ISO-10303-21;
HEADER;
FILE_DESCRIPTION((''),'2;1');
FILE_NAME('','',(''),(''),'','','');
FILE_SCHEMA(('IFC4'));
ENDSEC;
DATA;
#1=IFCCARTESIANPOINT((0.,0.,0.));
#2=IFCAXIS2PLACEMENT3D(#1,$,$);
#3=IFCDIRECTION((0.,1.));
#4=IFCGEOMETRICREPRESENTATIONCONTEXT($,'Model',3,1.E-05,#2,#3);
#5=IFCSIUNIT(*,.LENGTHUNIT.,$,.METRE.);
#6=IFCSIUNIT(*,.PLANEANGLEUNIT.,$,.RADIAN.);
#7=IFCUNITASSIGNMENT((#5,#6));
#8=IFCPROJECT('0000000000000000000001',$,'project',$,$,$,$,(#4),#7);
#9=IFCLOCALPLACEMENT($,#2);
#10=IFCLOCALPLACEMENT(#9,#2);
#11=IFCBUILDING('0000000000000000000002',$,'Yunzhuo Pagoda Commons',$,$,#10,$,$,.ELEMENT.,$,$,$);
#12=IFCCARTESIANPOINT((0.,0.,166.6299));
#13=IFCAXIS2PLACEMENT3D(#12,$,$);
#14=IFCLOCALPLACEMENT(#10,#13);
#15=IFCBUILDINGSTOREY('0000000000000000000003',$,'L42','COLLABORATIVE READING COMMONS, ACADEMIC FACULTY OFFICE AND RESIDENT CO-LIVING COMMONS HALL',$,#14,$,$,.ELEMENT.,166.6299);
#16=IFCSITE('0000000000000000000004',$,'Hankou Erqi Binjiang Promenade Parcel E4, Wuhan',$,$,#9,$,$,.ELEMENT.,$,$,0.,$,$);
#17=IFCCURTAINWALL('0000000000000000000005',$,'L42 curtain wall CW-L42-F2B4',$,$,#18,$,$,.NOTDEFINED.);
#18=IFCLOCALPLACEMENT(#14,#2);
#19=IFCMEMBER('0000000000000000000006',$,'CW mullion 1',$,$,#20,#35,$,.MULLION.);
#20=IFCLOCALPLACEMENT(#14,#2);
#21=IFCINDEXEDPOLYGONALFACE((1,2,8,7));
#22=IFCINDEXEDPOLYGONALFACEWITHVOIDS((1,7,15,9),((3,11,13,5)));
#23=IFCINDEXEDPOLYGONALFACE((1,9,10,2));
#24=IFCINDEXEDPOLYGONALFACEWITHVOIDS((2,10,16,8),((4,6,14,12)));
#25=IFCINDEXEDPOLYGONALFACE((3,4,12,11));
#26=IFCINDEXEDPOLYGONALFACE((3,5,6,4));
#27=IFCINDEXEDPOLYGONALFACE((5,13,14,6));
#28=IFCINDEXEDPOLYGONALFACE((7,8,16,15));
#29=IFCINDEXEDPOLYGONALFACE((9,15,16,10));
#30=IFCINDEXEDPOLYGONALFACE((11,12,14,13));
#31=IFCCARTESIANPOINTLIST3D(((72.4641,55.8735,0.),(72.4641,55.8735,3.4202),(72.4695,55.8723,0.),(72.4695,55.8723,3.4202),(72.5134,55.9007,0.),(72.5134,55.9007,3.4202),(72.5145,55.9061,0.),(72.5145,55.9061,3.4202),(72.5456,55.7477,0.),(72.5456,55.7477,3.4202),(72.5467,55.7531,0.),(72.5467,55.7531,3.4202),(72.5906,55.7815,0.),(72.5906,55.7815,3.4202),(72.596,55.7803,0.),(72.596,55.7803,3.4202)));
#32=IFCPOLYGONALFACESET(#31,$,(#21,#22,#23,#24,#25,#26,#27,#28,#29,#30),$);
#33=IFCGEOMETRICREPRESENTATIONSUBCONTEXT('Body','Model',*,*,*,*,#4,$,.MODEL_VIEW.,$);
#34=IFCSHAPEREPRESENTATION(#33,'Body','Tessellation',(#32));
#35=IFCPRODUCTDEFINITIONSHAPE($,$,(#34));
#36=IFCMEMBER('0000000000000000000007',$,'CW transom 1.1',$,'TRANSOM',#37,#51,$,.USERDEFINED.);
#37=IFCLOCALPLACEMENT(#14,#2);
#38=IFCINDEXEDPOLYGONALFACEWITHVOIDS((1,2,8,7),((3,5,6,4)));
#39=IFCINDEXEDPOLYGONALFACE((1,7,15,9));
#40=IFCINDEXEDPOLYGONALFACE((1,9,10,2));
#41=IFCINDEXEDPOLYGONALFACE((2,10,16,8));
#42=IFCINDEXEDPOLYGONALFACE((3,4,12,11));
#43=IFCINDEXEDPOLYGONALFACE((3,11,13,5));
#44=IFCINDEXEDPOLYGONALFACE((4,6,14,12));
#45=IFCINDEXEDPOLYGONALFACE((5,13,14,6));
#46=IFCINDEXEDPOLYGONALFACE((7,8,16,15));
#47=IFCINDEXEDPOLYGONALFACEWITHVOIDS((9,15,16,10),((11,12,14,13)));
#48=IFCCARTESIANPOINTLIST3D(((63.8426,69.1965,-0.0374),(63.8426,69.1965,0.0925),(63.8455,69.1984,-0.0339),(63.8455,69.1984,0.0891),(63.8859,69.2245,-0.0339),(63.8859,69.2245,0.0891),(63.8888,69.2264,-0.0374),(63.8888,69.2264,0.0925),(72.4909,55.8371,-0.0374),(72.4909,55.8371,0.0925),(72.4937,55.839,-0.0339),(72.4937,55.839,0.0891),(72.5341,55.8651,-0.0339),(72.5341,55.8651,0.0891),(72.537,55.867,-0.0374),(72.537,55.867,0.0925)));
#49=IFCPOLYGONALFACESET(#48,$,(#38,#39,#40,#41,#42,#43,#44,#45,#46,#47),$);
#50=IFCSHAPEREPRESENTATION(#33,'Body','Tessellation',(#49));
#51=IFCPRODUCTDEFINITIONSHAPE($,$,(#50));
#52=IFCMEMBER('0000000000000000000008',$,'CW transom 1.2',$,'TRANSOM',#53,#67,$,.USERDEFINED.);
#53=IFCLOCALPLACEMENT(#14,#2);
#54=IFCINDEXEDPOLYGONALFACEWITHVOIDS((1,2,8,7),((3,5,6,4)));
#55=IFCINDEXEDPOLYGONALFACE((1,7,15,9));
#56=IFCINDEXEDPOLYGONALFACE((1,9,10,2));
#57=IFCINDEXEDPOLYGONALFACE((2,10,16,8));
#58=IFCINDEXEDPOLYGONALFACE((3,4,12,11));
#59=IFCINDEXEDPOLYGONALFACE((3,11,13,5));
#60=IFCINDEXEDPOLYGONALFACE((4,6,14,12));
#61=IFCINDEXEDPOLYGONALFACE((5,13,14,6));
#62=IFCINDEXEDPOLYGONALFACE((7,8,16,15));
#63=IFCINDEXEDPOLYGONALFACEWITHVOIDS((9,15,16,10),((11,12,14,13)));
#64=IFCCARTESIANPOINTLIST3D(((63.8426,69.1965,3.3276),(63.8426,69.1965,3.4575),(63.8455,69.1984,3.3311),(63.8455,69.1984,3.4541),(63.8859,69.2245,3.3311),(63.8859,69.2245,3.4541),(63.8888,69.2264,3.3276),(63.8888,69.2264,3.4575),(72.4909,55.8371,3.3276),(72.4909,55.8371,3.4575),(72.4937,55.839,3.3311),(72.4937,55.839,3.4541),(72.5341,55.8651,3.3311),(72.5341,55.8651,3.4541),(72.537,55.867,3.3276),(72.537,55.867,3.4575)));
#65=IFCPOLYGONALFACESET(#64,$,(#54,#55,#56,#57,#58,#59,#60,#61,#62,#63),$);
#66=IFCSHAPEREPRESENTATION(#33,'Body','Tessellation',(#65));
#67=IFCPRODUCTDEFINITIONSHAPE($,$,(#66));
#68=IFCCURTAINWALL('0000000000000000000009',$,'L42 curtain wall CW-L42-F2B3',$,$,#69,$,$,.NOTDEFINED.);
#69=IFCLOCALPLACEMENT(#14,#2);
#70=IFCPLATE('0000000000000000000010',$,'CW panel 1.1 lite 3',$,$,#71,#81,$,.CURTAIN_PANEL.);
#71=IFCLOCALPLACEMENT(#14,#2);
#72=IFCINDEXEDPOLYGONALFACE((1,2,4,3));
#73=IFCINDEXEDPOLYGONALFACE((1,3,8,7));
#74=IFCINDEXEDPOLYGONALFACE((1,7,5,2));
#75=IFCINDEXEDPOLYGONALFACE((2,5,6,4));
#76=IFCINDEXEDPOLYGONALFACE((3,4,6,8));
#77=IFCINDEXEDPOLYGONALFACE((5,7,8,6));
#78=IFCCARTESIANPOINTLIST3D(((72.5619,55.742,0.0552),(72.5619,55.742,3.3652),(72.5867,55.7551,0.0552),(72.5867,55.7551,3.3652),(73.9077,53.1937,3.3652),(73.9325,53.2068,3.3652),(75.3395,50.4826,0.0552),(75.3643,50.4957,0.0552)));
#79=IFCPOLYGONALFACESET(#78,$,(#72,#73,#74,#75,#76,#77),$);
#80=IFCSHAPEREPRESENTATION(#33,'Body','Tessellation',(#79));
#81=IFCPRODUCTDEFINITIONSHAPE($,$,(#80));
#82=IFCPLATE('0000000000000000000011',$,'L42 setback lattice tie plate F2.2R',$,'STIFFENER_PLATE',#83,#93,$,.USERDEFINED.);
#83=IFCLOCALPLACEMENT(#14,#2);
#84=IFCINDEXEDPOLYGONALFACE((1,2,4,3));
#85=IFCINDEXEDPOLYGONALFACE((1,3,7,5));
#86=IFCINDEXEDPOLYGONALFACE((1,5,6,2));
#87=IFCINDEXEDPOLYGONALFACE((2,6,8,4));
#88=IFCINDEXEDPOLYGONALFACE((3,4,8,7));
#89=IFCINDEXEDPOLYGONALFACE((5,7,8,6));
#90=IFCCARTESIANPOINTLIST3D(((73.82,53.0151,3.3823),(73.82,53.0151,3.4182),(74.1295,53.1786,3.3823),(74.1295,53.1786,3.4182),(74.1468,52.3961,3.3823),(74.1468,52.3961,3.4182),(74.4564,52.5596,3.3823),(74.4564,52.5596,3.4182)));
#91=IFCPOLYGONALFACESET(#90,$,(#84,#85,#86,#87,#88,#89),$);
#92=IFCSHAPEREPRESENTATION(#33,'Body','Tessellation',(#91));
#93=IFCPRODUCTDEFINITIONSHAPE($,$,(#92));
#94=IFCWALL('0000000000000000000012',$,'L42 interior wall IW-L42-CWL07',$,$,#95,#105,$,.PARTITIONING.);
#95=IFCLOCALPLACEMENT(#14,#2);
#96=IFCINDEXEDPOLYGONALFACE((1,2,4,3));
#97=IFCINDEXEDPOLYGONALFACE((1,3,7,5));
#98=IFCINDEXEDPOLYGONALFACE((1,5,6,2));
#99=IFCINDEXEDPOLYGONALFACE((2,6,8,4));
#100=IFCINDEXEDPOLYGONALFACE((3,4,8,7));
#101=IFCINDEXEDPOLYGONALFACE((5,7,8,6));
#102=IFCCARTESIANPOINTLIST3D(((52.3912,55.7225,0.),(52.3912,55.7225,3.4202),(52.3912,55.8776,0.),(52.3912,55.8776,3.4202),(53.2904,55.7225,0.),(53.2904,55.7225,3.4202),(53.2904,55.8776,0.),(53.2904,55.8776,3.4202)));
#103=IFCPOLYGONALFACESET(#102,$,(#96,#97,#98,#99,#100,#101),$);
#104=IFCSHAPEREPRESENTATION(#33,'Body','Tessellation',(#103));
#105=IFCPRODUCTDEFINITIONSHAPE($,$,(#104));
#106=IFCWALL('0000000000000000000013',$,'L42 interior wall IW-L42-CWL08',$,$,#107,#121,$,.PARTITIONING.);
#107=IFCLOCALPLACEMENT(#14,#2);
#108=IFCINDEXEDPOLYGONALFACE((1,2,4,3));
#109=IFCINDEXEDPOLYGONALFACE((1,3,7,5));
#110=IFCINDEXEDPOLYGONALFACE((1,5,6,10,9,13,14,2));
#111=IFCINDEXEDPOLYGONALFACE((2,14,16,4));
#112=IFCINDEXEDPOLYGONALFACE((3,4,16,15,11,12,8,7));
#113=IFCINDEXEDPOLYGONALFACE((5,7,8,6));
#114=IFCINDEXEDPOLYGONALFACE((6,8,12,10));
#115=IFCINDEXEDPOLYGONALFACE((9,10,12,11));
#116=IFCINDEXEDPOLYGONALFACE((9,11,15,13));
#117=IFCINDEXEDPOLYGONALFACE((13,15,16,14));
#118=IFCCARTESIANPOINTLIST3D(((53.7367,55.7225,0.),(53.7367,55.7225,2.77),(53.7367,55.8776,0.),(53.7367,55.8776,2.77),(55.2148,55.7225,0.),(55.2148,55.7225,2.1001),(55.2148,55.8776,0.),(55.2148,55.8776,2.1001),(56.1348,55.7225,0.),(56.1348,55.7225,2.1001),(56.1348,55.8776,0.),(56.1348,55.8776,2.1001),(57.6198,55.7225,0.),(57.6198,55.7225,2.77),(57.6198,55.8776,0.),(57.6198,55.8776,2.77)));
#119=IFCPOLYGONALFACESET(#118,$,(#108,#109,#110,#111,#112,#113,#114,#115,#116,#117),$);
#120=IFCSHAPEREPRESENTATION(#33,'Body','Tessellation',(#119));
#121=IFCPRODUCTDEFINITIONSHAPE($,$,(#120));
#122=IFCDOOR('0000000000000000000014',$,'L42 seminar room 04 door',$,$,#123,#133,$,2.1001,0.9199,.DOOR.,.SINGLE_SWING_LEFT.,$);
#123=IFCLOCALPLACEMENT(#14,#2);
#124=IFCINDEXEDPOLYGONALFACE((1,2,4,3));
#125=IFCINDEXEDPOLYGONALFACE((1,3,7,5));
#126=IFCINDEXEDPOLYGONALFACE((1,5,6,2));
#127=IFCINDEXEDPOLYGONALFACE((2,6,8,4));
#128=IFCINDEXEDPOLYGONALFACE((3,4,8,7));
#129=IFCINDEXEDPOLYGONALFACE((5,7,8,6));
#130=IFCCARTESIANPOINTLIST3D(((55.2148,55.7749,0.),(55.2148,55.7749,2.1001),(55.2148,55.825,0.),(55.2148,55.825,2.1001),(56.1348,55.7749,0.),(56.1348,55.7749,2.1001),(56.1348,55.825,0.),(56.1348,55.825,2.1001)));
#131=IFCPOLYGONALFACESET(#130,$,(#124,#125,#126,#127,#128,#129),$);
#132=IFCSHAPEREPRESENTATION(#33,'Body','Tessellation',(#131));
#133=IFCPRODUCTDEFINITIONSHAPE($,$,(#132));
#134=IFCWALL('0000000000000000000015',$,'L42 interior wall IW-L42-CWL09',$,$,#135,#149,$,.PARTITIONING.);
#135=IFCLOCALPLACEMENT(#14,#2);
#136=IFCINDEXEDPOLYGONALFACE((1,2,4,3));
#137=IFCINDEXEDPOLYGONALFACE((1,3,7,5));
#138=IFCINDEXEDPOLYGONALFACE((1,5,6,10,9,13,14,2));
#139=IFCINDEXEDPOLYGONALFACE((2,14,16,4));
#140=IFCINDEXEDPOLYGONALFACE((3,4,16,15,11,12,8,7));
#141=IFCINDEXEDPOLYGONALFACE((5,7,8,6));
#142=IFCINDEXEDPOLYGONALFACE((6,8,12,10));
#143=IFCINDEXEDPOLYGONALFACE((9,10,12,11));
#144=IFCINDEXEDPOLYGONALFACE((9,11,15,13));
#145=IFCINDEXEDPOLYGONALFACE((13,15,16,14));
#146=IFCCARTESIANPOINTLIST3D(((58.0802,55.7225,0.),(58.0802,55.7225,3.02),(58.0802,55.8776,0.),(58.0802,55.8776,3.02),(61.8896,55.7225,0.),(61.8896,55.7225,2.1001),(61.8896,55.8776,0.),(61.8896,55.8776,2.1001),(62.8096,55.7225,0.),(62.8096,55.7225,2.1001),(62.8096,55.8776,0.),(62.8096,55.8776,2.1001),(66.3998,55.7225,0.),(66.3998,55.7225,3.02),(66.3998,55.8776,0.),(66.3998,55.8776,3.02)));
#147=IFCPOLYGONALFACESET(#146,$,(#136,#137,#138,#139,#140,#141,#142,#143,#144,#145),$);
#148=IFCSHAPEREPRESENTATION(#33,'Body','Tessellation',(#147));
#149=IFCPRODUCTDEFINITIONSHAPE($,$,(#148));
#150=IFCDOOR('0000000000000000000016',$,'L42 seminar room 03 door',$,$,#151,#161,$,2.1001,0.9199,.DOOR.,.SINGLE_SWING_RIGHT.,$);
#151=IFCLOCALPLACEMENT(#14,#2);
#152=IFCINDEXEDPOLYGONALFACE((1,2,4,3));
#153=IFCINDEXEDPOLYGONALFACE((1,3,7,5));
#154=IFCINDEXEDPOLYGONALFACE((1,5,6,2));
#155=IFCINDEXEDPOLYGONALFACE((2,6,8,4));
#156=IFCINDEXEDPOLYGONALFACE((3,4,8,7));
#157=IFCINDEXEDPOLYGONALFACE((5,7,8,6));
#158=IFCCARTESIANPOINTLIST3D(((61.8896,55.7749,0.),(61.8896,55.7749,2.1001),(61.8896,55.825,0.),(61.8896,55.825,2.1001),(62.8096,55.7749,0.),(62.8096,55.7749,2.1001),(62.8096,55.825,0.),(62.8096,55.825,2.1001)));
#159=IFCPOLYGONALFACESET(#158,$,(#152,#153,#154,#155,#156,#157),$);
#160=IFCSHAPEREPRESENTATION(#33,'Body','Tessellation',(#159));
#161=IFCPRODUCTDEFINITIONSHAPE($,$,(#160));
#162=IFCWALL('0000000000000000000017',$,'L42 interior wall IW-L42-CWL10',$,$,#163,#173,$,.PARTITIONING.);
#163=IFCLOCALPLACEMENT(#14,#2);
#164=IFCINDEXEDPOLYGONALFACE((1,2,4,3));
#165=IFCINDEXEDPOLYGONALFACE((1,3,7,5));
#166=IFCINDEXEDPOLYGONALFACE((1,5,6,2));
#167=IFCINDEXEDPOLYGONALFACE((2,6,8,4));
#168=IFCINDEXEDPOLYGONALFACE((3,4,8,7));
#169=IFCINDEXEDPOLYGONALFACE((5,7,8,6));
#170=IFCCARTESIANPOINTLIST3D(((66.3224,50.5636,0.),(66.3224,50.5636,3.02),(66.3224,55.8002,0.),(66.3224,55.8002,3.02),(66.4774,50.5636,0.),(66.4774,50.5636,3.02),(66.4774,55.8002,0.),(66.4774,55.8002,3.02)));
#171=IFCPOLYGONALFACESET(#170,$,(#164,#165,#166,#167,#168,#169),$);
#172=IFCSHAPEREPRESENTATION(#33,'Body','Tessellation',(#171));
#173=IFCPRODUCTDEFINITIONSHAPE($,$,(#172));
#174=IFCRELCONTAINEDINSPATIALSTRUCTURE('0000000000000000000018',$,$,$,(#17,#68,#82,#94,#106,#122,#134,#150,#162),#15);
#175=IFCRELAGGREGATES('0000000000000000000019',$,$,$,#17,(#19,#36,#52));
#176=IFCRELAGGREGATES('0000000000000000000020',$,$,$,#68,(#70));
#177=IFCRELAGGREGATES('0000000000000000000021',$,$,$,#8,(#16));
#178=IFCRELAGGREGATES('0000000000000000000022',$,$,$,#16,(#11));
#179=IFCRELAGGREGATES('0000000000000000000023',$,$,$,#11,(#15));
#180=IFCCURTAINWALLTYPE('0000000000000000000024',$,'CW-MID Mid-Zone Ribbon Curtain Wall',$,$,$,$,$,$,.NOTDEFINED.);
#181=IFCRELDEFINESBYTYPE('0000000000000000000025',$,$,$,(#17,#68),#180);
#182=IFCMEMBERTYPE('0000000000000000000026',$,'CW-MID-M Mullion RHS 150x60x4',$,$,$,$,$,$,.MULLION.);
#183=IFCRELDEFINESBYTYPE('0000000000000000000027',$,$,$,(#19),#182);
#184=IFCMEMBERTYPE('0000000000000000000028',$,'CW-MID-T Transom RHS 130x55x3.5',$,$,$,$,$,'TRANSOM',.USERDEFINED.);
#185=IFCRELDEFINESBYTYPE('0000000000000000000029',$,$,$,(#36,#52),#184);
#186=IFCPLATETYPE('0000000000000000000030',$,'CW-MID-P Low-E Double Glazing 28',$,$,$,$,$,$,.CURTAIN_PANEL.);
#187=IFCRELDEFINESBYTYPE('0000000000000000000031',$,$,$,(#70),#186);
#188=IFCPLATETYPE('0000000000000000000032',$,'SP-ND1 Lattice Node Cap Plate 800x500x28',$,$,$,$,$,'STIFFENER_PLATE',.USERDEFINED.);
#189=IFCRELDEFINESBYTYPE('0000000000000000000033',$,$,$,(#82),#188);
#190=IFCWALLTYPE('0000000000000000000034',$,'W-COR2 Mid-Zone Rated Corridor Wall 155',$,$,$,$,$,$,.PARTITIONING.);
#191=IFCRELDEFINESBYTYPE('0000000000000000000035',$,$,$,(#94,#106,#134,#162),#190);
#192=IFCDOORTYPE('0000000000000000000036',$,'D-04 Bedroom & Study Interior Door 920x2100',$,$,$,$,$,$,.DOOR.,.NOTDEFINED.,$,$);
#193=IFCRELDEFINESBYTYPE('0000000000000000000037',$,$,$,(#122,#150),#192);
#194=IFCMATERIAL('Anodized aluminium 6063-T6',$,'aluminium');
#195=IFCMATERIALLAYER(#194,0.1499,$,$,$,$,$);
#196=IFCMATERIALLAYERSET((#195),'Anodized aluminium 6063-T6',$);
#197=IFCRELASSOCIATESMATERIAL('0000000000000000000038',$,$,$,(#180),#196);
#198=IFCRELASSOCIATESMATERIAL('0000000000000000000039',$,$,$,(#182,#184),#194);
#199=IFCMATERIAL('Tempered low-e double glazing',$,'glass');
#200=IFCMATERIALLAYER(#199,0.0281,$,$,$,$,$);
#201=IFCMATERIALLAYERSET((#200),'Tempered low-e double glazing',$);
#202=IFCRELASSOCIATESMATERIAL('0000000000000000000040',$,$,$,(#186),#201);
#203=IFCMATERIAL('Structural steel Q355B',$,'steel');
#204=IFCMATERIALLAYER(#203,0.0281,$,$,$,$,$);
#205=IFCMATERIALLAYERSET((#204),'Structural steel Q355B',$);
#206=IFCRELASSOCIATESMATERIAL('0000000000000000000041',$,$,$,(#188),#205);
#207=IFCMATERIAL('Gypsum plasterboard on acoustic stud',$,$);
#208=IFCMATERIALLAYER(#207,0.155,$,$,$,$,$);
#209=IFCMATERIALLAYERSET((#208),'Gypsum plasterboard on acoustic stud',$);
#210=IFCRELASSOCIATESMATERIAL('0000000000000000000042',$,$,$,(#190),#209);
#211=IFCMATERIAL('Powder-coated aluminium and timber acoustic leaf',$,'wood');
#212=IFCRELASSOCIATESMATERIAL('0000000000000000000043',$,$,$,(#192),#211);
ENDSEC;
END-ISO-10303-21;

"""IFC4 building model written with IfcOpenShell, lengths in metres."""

from ifc_helpers import new_model, si_unit, direction, frame, frame_2d, origin, origin_with_axes, origin_2d, place, context, subcontext, project, spatial, polyline, rectangle, hollow_rectangle, outline, extrude, source, transform, mapped, material, layer, layer_set, material_profile, profile_set, type_object, element, fill, aggregate, save


model = new_model("IFC4")

# Units and contexts
model_context = context("Model", 3, precision=1e-05, world=origin(), true_north=direction((0.0, 1.0)))
body_context = subcontext(model_context, "Body", "Model", "MODEL_VIEW")
ifc_project = project(units=[si_unit("LENGTHUNIT", "METRE"), si_unit("PLANEANGLEUNIT", "RADIAN")], contexts=[model_context])

# Site, building, storey
site_placement = place(None, origin())
site = spatial("IfcSite", under=ifc_project, at=site_placement, Name="Hankou Erqi Binjiang Promenade Parcel E4, Wuhan", CompositionType="ELEMENT", RefElevation=0.0)
building_placement = place(site_placement, origin())
building = spatial("IfcBuilding", under=site, at=building_placement, Name="Yunzhuo Pagoda Commons", CompositionType="ELEMENT")
storey_placement = place(building_placement, frame((0.0, 0.0, 166.6299)))
storey = spatial("IfcBuildingStorey", under=building, at=storey_placement, Name="L42", Description="COLLABORATIVE READING COMMONS, ACADEMIC FACULTY OFFICE AND RESIDENT CO-LIVING COMMONS HALL", CompositionType="ELEMENT", Elevation=166.6299)

# Shared definitions
ifc_material_1 = material(Name="Structural steel Q355B", Category="steel")

# Curtain wall, members
ifc_material_2 = material(Name="Anodized aluminium 6063-T6", Category="aluminium")
ifc_layer_1 = layer(ifc_material_2, 0.1499)
ifc_layer_set_1 = layer_set([ifc_layer_1], Name="Anodized aluminium 6063-T6")
curtain_wall_type = type_object("IfcCurtainWallType", Name="CW-MID Mid-Zone Ribbon Curtain Wall", PredefinedType="NOTDEFINED", material=ifc_layer_set_1)
curtain_wall_1_placement = place(storey_placement, origin())
curtain_wall_1 = element("IfcCurtainWall", 1, at=curtain_wall_1_placement, inside=storey, type_object=curtain_wall_type, Name="L42 curtain wall CW-L42-F2B4", PredefinedType="NOTDEFINED")
ifc_material_profile_1 = material_profile(ifc_material_2, hollow_rectangle(XDim=0.0601, YDim=0.1499, WallThickness=0.0039, at=origin_2d()), Name="Anodized aluminium 6063-T6")
ifc_profile_set_1 = profile_set([ifc_material_profile_1], Name="Anodized aluminium 6063-T6")
member_type_1 = type_object("IfcMemberType", Name="CW-MID-M Mullion RHS 150x60x4", PredefinedType="MULLION", material=ifc_profile_set_1)
shared_shape_1 = source(origin(), body_context, "Body", "SweptSolid", [
    extrude(hollow_rectangle(XDim=0.0601, YDim=0.1499, WallThickness=0.0039, at=origin_2d()), origin(), (0.0, 0.0, 1.0), 3.4202),
])
member_1_placement = place(storey_placement, frame((72.53, 55.8269, 0.0), z_axis=(0.0, 0.0, 1.0), x_axis=(-0.839466, -0.543412, 0.0)))
member_1 = element("IfcMember", 2, at=member_1_placement, type_object=member_type_1, Name="CW mullion 1", PredefinedType="MULLION", context=body_context, shape_type="MappedRepresentation", body=[
    mapped(shared_shape_1, transform((0.0, 0.0, 0.0), scale=1.0)),
])
ifc_material_profile_2 = material_profile(ifc_material_2, hollow_rectangle(XDim=0.0549, YDim=0.1299, WallThickness=0.0034, at=origin_2d()), Name="Anodized aluminium 6063-T6")
ifc_profile_set_2 = profile_set([ifc_material_profile_2], Name="Anodized aluminium 6063-T6")
member_type_2 = type_object("IfcMemberType", Name="CW-MID-T Transom RHS 130x55x3.5", ElementType="TRANSOM", PredefinedType="USERDEFINED", material=ifc_profile_set_2)
shared_shape_2 = source(origin(), body_context, "Body", "SweptSolid", [
    extrude(hollow_rectangle(XDim=0.0549, YDim=0.1299, WallThickness=0.0034, at=origin_2d()), origin(), (0.0, 0.0, 1.0), 15.9143),
])
member_2_placement = place(storey_placement, frame((72.5139, 55.8521, 0.0276), z_axis=(-0.543424, 0.839459, 0.0), x_axis=(-0.839459, -0.543424, 0.0)))
member_2 = element("IfcMember", 3, at=member_2_placement, type_object=member_type_2, Name="CW transom 1.1", ObjectType="TRANSOM", PredefinedType="USERDEFINED", context=body_context, shape_type="MappedRepresentation", body=[
    mapped(shared_shape_2, transform((0.0, 0.0, 0.0), scale=1.0)),
])
member_3_placement = place(storey_placement, frame((72.5139, 55.8521, 3.3926), z_axis=(-0.543424, 0.839459, 0.0), x_axis=(-0.839459, -0.543424, 0.0)))
member_3 = element("IfcMember", 4, at=member_3_placement, type_object=member_type_2, Name="CW transom 1.2", ObjectType="TRANSOM", PredefinedType="USERDEFINED", context=body_context, shape_type="MappedRepresentation", body=[
    mapped(shared_shape_2, transform((0.0, 0.0, 0.0), scale=1.0)),
])
aggregate(curtain_wall_1, [member_1, member_2, member_3])

# Curtain wall, plate
curtain_wall_2_placement = place(storey_placement, origin())
curtain_wall_2 = element("IfcCurtainWall", 5, at=curtain_wall_2_placement, inside=storey, type_object=curtain_wall_type, Name="L42 curtain wall CW-L42-F2B3", PredefinedType="NOTDEFINED")
ifc_material_3 = material(Name="Tempered low-e double glazing", Category="glass")
ifc_layer_2 = layer(ifc_material_3, 0.0281)
ifc_layer_set_2 = layer_set([ifc_layer_2], Name="Tempered low-e double glazing")
plate_type_1 = type_object("IfcPlateType", Name="CW-MID-P Low-E Double Glazing 28", PredefinedType="CURTAIN_PANEL", material=ifc_layer_set_2)
plate_1_placement = place(storey_placement, frame((73.9507, 53.1123, 1.7102), z_axis=(0.884263, 0.46699, 0.0), x_axis=(-0.46699, 0.884263, 0.0)))
plate_1 = element("IfcPlate", 6, at=plate_1_placement, type_object=plate_type_1, Name="CW panel 1.1 lite 3", PredefinedType="CURTAIN_PANEL", context=body_context, shape_type="SweptSolid", body=[
    extrude(outline(polyline([(-2.9739, -1.655), (2.9739, -1.655), (2.9739, 1.655), (0.092, 1.655), (-2.9739, -1.655)])), origin(), (0.0, 0.0, 1.0), 0.0281),
])
aggregate(curtain_wall_2, [plate_1])

# Plate
ifc_layer_3 = layer(ifc_material_1, 0.0281)
ifc_layer_set_3 = layer_set([ifc_layer_3], Name="Structural steel Q355B")
plate_type_2 = type_object("IfcPlateType", Name="SP-ND1 Lattice Node Cap Plate 800x500x28", ElementType="STIFFENER_PLATE", PredefinedType="USERDEFINED", material=ifc_layer_set_3)
shared_shape_3 = source(origin(), body_context, "Body", "SweptSolid", [
    extrude(rectangle(XDim=0.7, YDim=0.3501, at=origin_2d()), origin(), (0.0, 0.0, 1.0), 0.0359),
])
plate_2_placement = place(storey_placement, frame((74.1382, 52.7874, 3.3823), z_axis=(0.0, 0.0, 1.0), x_axis=(-0.466989, 0.884263, 0.0)))
element("IfcPlate", 7, at=plate_2_placement, inside=storey, type_object=plate_type_2, Name="L42 setback lattice tie plate F2.2R", ObjectType="STIFFENER_PLATE", PredefinedType="USERDEFINED", context=body_context, shape_type="MappedRepresentation", body=[
    mapped(shared_shape_3, transform((0.0, 0.0, 0.0), scale=1.0)),
])

# Wall
ifc_material_4 = material(Name="Gypsum plasterboard on acoustic stud")
ifc_layer_4 = layer(ifc_material_4, 0.155)
ifc_layer_set_4 = layer_set([ifc_layer_4], Name="Gypsum plasterboard on acoustic stud")
wall_type_1 = type_object("IfcWallType", Name="W-COR2 Mid-Zone Rated Corridor Wall 155", PredefinedType="PARTITIONING", material=ifc_layer_set_4)
wall_1_placement = place(storey_placement, frame((52.3911, 55.8, 0.0), z_axis=(0.0, 0.0, 1.0), x_axis=(1.0, 0.0, 0.0)))
element("IfcWall", 8, at=wall_1_placement, inside=storey, type_object=wall_type_1, Name="L42 interior wall IW-L42-CWL07", PredefinedType="PARTITIONING", context=body_context, shape_type="SweptSolid", body=[
    extrude(rectangle(XDim=0.8992, YDim=0.155, at=frame_2d((0.4497, 0.0))), origin(), (0.0, 0.0, 1.0), 3.4202),
])

# Walls, openings, doors
wall_2_placement = place(storey_placement, frame((53.7368, 55.8, 0.0), z_axis=(0.0, 0.0, 1.0), x_axis=(1.0, 0.0, 0.0)))
wall_2 = element("IfcWall", 9, at=wall_2_placement, inside=storey, type_object=wall_type_1, Name="L42 interior wall IW-L42-CWL08", PredefinedType="PARTITIONING", context=body_context, shape_type="SweptSolid", body=[
    extrude(rectangle(XDim=3.8831, YDim=0.155, at=frame_2d((1.9414, 0.0))), origin(), (0.0, 0.0, 1.0), 2.77),
])
opening_1_placement = place(wall_2_placement, frame((1.478, 0.0, 0.0)))
opening_1 = element("IfcOpeningElement", 10, at=opening_1_placement, cuts=wall_2, PredefinedType="OPENING", context=body_context, shape_type="SweptSolid", body=[
    extrude(rectangle(XDim=0.9199, YDim=2.1001, at=frame_2d((0.46, 1.05))), frame((0.0, 0.0874, 0.0), z_axis=(0.0, -1.0, 0.0), x_axis=(1.0, 0.0, 0.0)), (0.0, 0.0, 1.0), 0.175),
])
ifc_material_5 = material(Name="Powder-coated aluminium and timber acoustic leaf", Category="wood")
door_type = type_object("IfcDoorType", Name="D-04 Bedroom & Study Interior Door 920x2100", OperationType="NOTDEFINED", PredefinedType="DOOR", material=ifc_material_5)
shared_shape_4 = source(origin(), body_context, "Body", "SweptSolid", [
    extrude(rectangle(XDim=0.9199, YDim=2.1001, at=frame_2d((0.46, 1.05))), frame((0.0, 0.0249, 0.0), z_axis=(0.0, -1.0, 0.0), x_axis=(1.0, 0.0, 0.0)), (0.0, 0.0, 1.0), 0.05),
])
door_1_placement = place(opening_1_placement, origin_with_axes())
door_1 = element("IfcDoor", 11, at=door_1_placement, inside=storey, type_object=door_type, Name="L42 seminar room 04 door", OperationType="SINGLE_SWING_LEFT", OverallHeight=2.1001, OverallWidth=0.9199, PredefinedType="DOOR", context=body_context, shape_type="MappedRepresentation", body=[
    mapped(shared_shape_4, transform((0.0, 0.0, 0.0), scale=1.0)),
])
fill(opening_1, door_1)
wall_3_placement = place(storey_placement, frame((58.0803, 55.8, 0.0), z_axis=(0.0, 0.0, 1.0), x_axis=(1.0, 0.0, 0.0)))
wall_3 = element("IfcWall", 12, at=wall_3_placement, inside=storey, type_object=wall_type_1, Name="L42 interior wall IW-L42-CWL09", PredefinedType="PARTITIONING", context=body_context, shape_type="SweptSolid", body=[
    extrude(rectangle(XDim=8.3196, YDim=0.155, at=frame_2d((4.1597, 0.0))), origin(), (0.0, 0.0, 1.0), 3.02),
])
opening_2_placement = place(wall_3_placement, frame((3.8093, 0.0, 0.0)))
opening_2 = element("IfcOpeningElement", 13, at=opening_2_placement, cuts=wall_3, PredefinedType="OPENING", context=body_context, shape_type="SweptSolid", body=[
    extrude(rectangle(XDim=0.9199, YDim=2.1001, at=frame_2d((0.46, 1.05))), frame((0.0, 0.0874, 0.0), z_axis=(0.0, -1.0, 0.0), x_axis=(1.0, 0.0, 0.0)), (0.0, 0.0, 1.0), 0.175),
])
door_2_placement = place(opening_2_placement, origin_with_axes())
door_2 = element("IfcDoor", 14, at=door_2_placement, inside=storey, type_object=door_type, Name="L42 seminar room 03 door", OperationType="SINGLE_SWING_RIGHT", OverallHeight=2.1001, OverallWidth=0.9199, PredefinedType="DOOR", context=body_context, shape_type="MappedRepresentation", body=[
    mapped(shared_shape_4, transform((0.0, 0.0, 0.0), scale=1.0)),
])
fill(opening_2, door_2)

# Wall
wall_4_placement = place(storey_placement, frame((66.3999, 55.8, 0.0), z_axis=(0.0, 0.0, 1.0), x_axis=(0.0, -1.0, 0.0)))
element("IfcWall", 15, at=wall_4_placement, inside=storey, type_object=wall_type_1, Name="L42 interior wall IW-L42-CWL10", PredefinedType="PARTITIONING", context=body_context, shape_type="SweptSolid", body=[
    extrude(rectangle(XDim=5.2366, YDim=0.155, at=frame_2d((2.6182, 0.0))), origin(), (0.0, 0.0, 1.0), 3.02),
])

save(model, "model.ifc")
